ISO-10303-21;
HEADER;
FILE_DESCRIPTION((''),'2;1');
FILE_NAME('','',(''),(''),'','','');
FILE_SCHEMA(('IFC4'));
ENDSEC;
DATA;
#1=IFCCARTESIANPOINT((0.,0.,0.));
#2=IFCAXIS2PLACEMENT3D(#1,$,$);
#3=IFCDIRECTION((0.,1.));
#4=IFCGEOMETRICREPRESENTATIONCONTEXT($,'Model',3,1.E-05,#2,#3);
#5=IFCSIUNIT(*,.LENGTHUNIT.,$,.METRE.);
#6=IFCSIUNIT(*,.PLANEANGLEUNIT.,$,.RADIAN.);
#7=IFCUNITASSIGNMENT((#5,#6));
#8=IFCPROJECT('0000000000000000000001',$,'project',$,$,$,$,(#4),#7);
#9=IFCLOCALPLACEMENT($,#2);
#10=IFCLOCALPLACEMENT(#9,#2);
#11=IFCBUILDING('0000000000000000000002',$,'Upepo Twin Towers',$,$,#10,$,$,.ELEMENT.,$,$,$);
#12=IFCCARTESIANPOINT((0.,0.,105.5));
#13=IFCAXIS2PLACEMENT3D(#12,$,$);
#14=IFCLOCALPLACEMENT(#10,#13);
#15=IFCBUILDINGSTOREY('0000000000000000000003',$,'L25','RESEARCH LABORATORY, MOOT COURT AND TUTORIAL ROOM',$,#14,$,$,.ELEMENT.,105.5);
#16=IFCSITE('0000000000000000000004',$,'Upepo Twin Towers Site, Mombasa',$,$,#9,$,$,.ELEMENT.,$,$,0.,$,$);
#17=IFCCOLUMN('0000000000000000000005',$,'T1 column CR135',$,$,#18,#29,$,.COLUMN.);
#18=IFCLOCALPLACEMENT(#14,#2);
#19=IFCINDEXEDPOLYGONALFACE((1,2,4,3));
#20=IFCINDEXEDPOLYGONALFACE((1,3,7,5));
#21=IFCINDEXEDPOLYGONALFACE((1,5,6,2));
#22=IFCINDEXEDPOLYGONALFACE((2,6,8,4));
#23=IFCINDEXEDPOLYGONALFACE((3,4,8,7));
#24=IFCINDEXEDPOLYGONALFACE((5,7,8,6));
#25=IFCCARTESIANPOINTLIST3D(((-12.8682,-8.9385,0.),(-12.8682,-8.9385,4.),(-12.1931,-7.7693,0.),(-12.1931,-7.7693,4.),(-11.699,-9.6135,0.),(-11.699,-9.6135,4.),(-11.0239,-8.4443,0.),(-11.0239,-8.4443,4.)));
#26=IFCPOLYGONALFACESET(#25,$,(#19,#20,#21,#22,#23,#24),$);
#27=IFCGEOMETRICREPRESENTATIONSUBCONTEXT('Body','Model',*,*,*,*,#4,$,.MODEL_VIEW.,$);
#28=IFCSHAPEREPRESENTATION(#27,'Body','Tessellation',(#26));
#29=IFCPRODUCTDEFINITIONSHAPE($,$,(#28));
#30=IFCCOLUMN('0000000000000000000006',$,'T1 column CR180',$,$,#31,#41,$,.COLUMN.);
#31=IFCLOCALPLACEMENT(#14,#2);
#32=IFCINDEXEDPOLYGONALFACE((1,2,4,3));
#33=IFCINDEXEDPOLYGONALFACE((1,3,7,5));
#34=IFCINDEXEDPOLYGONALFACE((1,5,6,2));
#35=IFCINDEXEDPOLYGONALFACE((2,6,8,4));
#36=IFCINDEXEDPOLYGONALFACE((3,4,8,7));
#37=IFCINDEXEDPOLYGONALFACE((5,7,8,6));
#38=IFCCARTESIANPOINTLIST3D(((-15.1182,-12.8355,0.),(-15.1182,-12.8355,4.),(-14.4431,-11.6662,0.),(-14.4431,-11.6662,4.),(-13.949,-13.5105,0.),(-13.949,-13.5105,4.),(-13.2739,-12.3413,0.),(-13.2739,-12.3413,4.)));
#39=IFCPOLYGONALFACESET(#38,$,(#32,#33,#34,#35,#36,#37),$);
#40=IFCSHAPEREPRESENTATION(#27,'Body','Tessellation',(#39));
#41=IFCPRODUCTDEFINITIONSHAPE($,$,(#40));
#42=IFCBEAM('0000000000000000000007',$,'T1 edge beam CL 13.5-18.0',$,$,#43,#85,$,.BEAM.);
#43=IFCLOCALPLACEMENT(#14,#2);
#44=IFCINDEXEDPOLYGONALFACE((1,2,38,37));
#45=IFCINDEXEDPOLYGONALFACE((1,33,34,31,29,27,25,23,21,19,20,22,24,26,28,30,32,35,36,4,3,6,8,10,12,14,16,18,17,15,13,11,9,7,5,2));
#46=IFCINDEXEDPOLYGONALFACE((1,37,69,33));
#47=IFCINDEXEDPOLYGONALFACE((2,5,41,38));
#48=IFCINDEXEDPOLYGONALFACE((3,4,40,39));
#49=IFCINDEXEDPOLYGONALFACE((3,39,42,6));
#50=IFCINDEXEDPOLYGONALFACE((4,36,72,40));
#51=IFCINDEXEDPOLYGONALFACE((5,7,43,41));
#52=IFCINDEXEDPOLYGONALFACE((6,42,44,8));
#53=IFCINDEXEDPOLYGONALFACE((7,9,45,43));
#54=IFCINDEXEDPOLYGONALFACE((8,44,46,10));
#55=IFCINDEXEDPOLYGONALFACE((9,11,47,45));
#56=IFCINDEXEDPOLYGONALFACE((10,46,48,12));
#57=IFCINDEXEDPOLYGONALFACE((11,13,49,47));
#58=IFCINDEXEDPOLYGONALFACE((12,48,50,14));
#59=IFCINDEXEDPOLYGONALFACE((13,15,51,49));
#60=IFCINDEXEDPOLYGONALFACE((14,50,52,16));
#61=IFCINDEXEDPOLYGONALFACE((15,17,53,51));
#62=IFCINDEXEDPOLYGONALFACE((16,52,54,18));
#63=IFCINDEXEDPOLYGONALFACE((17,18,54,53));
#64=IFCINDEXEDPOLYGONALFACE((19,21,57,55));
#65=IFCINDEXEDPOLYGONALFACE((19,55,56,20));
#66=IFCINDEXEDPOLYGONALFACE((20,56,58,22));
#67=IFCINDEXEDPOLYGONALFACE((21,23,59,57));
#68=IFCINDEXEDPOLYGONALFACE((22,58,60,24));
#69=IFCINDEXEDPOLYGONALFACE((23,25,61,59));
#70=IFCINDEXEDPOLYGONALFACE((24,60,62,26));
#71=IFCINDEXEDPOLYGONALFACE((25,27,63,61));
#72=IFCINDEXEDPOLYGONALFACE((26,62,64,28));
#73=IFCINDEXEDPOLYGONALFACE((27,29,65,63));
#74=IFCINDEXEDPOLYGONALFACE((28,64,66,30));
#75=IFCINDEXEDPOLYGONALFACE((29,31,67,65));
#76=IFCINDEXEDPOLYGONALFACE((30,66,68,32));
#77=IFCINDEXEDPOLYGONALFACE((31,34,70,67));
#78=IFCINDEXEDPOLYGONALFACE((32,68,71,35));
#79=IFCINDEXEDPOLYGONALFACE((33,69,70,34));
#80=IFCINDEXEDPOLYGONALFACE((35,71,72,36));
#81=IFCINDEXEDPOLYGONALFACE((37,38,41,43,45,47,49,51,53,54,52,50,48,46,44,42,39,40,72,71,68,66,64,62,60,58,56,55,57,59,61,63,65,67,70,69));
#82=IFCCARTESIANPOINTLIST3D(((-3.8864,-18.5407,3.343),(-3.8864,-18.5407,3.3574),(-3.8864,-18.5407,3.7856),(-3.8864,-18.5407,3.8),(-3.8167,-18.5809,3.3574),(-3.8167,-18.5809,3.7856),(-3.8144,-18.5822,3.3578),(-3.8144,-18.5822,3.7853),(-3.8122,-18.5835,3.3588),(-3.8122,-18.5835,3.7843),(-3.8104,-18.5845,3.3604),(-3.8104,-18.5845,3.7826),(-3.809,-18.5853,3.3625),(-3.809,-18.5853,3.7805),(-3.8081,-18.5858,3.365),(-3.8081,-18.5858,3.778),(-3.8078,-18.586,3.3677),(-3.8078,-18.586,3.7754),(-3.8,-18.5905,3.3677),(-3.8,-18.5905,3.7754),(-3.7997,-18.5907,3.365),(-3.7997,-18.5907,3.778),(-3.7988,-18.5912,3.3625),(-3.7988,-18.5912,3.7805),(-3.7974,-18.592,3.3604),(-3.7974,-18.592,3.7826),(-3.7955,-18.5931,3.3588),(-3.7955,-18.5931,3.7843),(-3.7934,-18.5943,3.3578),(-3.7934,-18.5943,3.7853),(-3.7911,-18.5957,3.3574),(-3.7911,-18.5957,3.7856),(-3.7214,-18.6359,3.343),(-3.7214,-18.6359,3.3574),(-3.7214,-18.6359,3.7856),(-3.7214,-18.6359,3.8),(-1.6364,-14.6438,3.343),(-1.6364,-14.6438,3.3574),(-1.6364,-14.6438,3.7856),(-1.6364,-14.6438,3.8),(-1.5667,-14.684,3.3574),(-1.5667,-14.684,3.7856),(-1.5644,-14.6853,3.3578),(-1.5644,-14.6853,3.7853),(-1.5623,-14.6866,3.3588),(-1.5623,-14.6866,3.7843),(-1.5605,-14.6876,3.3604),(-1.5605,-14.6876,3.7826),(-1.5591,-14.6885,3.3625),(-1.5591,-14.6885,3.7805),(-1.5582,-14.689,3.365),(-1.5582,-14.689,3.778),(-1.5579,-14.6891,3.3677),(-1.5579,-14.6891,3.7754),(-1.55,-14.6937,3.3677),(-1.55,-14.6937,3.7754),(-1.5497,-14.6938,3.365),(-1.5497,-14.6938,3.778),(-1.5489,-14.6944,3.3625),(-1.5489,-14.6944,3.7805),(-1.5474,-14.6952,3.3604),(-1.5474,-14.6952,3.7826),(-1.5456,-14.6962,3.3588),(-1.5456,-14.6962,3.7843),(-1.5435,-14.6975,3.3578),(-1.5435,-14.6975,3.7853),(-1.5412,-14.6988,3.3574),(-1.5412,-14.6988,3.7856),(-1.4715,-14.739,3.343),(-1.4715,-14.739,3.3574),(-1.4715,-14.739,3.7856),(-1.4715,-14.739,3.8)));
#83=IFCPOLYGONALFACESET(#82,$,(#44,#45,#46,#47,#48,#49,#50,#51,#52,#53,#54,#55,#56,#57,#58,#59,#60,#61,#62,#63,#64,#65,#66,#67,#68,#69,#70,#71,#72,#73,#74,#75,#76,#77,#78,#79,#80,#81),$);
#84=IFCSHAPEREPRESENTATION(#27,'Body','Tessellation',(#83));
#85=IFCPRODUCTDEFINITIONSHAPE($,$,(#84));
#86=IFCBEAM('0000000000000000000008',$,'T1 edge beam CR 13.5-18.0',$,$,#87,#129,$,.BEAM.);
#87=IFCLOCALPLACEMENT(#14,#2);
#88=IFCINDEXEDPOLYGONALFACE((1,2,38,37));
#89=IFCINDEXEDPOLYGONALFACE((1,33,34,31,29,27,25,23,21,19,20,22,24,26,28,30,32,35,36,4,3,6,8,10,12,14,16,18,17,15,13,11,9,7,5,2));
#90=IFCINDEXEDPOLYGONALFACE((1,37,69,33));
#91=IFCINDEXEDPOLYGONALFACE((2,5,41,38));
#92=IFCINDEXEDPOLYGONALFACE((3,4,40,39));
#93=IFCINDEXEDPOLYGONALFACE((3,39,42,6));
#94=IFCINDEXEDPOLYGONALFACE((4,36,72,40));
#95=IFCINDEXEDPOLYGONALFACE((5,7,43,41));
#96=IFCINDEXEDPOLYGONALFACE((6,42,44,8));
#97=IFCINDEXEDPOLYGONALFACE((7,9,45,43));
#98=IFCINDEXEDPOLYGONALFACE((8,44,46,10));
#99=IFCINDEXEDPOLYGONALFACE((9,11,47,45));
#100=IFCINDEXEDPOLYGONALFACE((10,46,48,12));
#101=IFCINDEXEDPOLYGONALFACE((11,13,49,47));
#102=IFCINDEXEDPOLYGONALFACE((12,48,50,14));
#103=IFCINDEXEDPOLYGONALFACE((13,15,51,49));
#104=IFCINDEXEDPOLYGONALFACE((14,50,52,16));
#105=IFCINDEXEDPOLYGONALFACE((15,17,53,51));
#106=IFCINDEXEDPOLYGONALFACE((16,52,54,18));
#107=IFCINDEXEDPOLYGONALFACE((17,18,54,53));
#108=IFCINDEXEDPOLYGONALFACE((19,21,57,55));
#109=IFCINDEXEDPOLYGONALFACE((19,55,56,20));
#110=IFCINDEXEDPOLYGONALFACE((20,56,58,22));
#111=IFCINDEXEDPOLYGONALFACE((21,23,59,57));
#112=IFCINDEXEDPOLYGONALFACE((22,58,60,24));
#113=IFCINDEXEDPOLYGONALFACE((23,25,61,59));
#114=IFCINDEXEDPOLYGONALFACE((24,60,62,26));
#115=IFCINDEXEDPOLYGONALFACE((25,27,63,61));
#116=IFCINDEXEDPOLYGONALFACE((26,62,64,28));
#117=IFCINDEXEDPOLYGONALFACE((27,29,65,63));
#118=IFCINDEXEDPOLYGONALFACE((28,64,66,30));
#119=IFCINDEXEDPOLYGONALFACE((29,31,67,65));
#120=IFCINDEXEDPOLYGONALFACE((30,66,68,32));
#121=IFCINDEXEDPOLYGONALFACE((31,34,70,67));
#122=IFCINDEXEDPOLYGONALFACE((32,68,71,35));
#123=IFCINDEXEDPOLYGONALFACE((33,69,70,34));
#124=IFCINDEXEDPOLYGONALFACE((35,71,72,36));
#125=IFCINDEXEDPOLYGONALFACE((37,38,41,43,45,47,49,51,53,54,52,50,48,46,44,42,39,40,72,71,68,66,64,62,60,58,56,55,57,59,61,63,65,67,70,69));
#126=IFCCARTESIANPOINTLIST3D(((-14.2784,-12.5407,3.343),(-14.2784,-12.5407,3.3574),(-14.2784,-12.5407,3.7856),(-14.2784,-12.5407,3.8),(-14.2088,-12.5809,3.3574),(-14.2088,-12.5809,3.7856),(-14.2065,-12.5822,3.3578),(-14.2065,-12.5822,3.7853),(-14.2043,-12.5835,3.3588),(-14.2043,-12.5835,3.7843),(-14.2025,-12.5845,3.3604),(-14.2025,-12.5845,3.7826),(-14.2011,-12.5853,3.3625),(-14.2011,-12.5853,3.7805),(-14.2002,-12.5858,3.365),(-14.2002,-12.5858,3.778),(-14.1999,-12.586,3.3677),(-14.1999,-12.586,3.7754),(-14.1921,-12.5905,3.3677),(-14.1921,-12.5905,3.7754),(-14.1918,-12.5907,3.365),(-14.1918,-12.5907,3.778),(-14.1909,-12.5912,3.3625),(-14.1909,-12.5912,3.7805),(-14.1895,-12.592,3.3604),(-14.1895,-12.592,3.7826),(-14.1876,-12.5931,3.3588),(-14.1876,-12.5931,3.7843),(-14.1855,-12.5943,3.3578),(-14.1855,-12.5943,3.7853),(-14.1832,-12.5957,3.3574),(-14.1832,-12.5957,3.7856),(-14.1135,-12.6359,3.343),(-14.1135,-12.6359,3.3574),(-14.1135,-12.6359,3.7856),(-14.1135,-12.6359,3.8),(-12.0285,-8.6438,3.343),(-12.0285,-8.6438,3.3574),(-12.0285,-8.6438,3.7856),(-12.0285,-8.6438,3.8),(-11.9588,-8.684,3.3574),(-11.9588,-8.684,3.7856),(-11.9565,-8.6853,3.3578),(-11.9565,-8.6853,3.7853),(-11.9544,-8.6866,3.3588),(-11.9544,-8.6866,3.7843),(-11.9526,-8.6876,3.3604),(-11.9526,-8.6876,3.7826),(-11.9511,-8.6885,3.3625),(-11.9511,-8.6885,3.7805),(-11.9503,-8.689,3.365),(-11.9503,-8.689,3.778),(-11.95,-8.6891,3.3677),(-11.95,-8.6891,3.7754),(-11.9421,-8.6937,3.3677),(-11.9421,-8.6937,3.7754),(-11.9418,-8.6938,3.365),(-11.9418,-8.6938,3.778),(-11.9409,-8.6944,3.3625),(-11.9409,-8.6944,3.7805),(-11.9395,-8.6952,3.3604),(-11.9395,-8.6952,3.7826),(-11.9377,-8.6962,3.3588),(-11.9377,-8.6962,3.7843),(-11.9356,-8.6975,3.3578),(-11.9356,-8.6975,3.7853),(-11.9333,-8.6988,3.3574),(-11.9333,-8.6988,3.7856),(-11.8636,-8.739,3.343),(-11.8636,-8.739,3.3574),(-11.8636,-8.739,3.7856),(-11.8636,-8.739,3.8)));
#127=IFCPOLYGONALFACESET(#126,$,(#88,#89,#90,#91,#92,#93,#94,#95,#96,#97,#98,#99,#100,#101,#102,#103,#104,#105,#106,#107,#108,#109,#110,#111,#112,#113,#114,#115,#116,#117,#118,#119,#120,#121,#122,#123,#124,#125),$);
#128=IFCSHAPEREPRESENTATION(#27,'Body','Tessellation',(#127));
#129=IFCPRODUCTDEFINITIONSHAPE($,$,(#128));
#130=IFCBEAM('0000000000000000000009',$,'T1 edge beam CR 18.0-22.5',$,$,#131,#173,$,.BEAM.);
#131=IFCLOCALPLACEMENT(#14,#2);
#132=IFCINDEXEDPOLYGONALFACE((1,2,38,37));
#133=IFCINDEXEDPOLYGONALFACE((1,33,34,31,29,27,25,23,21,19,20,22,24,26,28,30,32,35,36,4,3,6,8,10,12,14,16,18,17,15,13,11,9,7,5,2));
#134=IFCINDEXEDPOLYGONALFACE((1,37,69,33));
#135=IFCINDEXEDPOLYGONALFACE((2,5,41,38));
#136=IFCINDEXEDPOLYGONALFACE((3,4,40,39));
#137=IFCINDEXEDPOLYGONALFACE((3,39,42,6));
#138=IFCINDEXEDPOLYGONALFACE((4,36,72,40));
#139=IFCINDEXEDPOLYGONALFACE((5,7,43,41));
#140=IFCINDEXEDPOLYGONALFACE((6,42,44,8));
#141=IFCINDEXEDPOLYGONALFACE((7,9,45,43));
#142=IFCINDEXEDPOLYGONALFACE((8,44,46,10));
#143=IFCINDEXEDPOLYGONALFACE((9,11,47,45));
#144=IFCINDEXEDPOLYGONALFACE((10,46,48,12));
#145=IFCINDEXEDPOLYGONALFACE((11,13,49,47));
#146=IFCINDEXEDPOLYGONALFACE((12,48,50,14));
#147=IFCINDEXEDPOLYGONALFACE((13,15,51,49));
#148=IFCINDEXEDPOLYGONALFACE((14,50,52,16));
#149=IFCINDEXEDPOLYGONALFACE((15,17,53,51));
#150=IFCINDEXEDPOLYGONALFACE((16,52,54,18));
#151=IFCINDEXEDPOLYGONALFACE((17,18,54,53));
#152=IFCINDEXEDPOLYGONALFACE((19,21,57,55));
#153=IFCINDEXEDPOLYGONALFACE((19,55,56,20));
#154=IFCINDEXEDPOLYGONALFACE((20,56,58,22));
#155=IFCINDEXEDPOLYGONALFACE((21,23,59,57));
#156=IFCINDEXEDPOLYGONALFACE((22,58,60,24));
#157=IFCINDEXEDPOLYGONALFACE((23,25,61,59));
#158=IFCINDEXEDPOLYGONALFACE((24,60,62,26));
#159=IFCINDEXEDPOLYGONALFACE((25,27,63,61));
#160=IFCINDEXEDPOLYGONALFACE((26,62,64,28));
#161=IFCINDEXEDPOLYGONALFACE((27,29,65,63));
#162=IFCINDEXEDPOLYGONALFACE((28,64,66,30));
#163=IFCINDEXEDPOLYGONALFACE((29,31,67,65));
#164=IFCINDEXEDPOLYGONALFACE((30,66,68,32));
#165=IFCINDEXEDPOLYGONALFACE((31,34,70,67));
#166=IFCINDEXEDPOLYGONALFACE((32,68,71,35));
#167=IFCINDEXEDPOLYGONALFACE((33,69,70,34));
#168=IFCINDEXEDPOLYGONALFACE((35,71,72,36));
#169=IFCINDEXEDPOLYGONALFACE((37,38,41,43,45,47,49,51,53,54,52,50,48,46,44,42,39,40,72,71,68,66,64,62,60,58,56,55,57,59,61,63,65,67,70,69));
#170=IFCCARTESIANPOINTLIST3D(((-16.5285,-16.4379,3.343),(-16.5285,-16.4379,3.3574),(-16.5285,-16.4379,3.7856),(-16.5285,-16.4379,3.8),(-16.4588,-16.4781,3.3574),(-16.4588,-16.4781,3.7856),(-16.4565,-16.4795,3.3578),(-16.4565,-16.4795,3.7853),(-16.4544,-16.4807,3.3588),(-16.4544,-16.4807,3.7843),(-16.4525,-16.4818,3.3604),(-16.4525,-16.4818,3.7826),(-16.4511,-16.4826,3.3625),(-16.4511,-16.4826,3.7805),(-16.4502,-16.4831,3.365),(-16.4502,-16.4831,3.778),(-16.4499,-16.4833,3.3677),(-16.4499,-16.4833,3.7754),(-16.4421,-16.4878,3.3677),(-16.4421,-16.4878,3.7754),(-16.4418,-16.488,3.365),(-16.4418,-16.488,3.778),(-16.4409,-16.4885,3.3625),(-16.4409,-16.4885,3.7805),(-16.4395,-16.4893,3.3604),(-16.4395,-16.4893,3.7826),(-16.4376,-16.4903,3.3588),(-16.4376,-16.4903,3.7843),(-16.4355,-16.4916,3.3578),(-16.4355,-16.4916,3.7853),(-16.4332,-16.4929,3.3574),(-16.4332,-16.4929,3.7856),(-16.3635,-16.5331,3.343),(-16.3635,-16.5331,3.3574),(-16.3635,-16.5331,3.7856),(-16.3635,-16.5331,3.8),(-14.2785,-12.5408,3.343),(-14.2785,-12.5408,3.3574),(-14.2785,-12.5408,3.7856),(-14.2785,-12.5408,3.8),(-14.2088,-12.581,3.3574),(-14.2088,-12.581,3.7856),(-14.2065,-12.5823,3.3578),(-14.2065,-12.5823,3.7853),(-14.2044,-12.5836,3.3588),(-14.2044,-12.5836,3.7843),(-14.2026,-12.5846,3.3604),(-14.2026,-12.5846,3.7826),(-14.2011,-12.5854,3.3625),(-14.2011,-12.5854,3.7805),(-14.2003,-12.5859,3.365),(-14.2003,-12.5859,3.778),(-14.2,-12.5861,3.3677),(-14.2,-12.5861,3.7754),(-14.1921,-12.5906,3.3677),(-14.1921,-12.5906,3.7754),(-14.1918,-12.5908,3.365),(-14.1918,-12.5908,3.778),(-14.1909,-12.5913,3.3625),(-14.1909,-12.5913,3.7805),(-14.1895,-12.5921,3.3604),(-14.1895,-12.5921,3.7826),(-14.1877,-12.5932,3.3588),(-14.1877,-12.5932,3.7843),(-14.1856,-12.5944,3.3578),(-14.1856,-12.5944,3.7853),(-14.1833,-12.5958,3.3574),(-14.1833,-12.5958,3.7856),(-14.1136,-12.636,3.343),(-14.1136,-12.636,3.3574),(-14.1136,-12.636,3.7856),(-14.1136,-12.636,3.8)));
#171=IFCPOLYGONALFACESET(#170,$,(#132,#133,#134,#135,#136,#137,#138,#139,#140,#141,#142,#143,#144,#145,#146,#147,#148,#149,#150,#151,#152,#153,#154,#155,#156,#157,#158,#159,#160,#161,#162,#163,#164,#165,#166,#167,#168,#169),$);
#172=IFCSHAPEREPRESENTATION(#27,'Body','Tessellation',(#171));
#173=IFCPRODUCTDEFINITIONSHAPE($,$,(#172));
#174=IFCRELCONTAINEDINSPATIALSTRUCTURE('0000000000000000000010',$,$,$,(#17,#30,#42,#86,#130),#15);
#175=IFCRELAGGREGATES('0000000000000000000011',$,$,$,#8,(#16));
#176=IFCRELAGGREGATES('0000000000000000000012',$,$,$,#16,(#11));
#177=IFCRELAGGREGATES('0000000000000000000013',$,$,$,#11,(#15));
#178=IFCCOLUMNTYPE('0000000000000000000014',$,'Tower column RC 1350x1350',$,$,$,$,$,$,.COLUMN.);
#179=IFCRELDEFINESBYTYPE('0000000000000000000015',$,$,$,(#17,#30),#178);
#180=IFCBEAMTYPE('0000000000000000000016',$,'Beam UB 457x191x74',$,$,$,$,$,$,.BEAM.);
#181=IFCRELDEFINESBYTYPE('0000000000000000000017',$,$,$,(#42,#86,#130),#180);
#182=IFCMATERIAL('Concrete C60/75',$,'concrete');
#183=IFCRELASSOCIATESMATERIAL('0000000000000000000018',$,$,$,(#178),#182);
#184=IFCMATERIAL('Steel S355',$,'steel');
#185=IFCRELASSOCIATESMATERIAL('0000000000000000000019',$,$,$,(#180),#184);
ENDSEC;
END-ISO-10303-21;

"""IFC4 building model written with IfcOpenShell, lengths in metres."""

from ifc_helpers import new_model, si_unit, direction, frame, origin, origin_2d, place, context, subcontext, project, spatial, rectangle, i_section, extrude, material, material_profile, profile_set, type_object, element, save


model = new_model("IFC4")

# Units and contexts
model_context = context("Model", 3, precision=1e-05, world=origin(), true_north=direction((0.0, 1.0)))
body_context = subcontext(model_context, "Body", "Model", "MODEL_VIEW")
ifc_project = project(units=[si_unit("LENGTHUNIT", "METRE"), si_unit("PLANEANGLEUNIT", "RADIAN")], contexts=[model_context])

# Site, building, storey
site_placement = place(None, origin())
site = spatial("IfcSite", under=ifc_project, at=site_placement, Name="Upepo Twin Towers Site, Mombasa", CompositionType="ELEMENT", RefElevation=0.0)
building_placement = place(site_placement, origin())
building = spatial("IfcBuilding", under=site, at=building_placement, Name="Upepo Twin Towers", CompositionType="ELEMENT")
storey_placement = place(building_placement, frame((0.0, 0.0, 105.5)))
storey = spatial("IfcBuildingStorey", under=building, at=storey_placement, Name="L25", Description="RESEARCH LABORATORY, MOOT COURT AND TUTORIAL ROOM", CompositionType="ELEMENT", Elevation=105.5)

# Columns
ifc_material_1 = material(Name="Concrete C60/75", Category="concrete")
ifc_material_profile_1 = material_profile(ifc_material_1, rectangle(XDim=1.3501, YDim=1.3501, at=origin_2d()), Name="RC 1350x1350")
ifc_profile_set_1 = profile_set([ifc_material_profile_1], Name="Concrete C60/75")
column_type = type_object("IfcColumnType", Name="Tower column RC 1350x1350", PredefinedType="COLUMN", material=ifc_profile_set_1)
for number, where, z_axis, x_axis, name in (
    (1, (-11.946, -8.6914, 0.0), (0.0, 0.0, 1.0), (0.5, 0.866025, 0.0), "T1 column CR135"),
    (2, (-14.196, -12.5884, 0.0), (0.0, 0.0, 1.0), (0.5, 0.866025, 0.0), "T1 column CR180"),
):
    element("IfcColumn", number, at=place(storey_placement, frame(where, z_axis=z_axis, x_axis=x_axis)), inside=storey, type_object=column_type, Name=name, PredefinedType="COLUMN", context=body_context, shape_type="SweptSolid", body=[
        extrude(rectangle(XDim=1.3501, YDim=1.3501, at=origin_2d()), origin(), (0.0, 0.0, 1.0), 4.0),
    ])

# Beams
ifc_material_2 = material(Name="Steel S355", Category="steel")
ifc_material_profile_2 = material_profile(ifc_material_2, i_section(OverallWidth=0.1904, OverallDepth=0.457, WebThickness=0.009, FlangeThickness=0.0144, FilletRadius=0.0103, at=origin_2d()), Name="UB 457x191x74")
ifc_profile_set_2 = profile_set([ifc_material_profile_2], Name="Steel S355")
beam_type_1 = type_object("IfcBeamType", Name="Beam UB 457x191x74", PredefinedType="BEAM", material=ifc_profile_set_2)
for number, where, z_axis, x_axis, name in (
    (3, (-1.554, -14.6914, 3.5715), (-0.500014, -0.866018, 0.0), (0.866018, -0.500014, 0.0), "T1 edge beam CL 13.5-18.0"),
    (4, (-11.946, -8.6914, 3.5715), (-0.500014, -0.866018, 0.0), (0.866018, -0.500014, 0.0), "T1 edge beam CR 13.5-18.0"),
):
    element("IfcBeam", number, at=place(storey_placement, frame(where, z_axis=z_axis, x_axis=x_axis)), inside=storey, type_object=beam_type_1, Name=name, PredefinedType="BEAM", context=body_context, shape_type="SweptSolid", body=[
        extrude(i_section(OverallWidth=0.1904, OverallDepth=0.457, WebThickness=0.009, FlangeThickness=0.0144, FilletRadius=0.0103, at=origin_2d()), origin(), (0.0, 0.0, 1.0), 4.4998),
    ])
beam_placement = place(storey_placement, frame((-14.196, -12.5884, 3.5715), z_axis=(-0.49999, -0.866031, 0.0), x_axis=(0.866031, -0.49999, 0.0)))
element("IfcBeam", 5, at=beam_placement, inside=storey, type_object=beam_type_1, Name="T1 edge beam CR 18.0-22.5", PredefinedType="BEAM", context=body_context, shape_type="SweptSolid", body=[
    extrude(i_section(OverallWidth=0.1904, OverallDepth=0.457, WebThickness=0.009, FlangeThickness=0.0144, FilletRadius=0.0103, at=origin_2d()), origin(), (0.0, 0.0, 1.0), 4.5),
])

save(model, "model.ifc")
